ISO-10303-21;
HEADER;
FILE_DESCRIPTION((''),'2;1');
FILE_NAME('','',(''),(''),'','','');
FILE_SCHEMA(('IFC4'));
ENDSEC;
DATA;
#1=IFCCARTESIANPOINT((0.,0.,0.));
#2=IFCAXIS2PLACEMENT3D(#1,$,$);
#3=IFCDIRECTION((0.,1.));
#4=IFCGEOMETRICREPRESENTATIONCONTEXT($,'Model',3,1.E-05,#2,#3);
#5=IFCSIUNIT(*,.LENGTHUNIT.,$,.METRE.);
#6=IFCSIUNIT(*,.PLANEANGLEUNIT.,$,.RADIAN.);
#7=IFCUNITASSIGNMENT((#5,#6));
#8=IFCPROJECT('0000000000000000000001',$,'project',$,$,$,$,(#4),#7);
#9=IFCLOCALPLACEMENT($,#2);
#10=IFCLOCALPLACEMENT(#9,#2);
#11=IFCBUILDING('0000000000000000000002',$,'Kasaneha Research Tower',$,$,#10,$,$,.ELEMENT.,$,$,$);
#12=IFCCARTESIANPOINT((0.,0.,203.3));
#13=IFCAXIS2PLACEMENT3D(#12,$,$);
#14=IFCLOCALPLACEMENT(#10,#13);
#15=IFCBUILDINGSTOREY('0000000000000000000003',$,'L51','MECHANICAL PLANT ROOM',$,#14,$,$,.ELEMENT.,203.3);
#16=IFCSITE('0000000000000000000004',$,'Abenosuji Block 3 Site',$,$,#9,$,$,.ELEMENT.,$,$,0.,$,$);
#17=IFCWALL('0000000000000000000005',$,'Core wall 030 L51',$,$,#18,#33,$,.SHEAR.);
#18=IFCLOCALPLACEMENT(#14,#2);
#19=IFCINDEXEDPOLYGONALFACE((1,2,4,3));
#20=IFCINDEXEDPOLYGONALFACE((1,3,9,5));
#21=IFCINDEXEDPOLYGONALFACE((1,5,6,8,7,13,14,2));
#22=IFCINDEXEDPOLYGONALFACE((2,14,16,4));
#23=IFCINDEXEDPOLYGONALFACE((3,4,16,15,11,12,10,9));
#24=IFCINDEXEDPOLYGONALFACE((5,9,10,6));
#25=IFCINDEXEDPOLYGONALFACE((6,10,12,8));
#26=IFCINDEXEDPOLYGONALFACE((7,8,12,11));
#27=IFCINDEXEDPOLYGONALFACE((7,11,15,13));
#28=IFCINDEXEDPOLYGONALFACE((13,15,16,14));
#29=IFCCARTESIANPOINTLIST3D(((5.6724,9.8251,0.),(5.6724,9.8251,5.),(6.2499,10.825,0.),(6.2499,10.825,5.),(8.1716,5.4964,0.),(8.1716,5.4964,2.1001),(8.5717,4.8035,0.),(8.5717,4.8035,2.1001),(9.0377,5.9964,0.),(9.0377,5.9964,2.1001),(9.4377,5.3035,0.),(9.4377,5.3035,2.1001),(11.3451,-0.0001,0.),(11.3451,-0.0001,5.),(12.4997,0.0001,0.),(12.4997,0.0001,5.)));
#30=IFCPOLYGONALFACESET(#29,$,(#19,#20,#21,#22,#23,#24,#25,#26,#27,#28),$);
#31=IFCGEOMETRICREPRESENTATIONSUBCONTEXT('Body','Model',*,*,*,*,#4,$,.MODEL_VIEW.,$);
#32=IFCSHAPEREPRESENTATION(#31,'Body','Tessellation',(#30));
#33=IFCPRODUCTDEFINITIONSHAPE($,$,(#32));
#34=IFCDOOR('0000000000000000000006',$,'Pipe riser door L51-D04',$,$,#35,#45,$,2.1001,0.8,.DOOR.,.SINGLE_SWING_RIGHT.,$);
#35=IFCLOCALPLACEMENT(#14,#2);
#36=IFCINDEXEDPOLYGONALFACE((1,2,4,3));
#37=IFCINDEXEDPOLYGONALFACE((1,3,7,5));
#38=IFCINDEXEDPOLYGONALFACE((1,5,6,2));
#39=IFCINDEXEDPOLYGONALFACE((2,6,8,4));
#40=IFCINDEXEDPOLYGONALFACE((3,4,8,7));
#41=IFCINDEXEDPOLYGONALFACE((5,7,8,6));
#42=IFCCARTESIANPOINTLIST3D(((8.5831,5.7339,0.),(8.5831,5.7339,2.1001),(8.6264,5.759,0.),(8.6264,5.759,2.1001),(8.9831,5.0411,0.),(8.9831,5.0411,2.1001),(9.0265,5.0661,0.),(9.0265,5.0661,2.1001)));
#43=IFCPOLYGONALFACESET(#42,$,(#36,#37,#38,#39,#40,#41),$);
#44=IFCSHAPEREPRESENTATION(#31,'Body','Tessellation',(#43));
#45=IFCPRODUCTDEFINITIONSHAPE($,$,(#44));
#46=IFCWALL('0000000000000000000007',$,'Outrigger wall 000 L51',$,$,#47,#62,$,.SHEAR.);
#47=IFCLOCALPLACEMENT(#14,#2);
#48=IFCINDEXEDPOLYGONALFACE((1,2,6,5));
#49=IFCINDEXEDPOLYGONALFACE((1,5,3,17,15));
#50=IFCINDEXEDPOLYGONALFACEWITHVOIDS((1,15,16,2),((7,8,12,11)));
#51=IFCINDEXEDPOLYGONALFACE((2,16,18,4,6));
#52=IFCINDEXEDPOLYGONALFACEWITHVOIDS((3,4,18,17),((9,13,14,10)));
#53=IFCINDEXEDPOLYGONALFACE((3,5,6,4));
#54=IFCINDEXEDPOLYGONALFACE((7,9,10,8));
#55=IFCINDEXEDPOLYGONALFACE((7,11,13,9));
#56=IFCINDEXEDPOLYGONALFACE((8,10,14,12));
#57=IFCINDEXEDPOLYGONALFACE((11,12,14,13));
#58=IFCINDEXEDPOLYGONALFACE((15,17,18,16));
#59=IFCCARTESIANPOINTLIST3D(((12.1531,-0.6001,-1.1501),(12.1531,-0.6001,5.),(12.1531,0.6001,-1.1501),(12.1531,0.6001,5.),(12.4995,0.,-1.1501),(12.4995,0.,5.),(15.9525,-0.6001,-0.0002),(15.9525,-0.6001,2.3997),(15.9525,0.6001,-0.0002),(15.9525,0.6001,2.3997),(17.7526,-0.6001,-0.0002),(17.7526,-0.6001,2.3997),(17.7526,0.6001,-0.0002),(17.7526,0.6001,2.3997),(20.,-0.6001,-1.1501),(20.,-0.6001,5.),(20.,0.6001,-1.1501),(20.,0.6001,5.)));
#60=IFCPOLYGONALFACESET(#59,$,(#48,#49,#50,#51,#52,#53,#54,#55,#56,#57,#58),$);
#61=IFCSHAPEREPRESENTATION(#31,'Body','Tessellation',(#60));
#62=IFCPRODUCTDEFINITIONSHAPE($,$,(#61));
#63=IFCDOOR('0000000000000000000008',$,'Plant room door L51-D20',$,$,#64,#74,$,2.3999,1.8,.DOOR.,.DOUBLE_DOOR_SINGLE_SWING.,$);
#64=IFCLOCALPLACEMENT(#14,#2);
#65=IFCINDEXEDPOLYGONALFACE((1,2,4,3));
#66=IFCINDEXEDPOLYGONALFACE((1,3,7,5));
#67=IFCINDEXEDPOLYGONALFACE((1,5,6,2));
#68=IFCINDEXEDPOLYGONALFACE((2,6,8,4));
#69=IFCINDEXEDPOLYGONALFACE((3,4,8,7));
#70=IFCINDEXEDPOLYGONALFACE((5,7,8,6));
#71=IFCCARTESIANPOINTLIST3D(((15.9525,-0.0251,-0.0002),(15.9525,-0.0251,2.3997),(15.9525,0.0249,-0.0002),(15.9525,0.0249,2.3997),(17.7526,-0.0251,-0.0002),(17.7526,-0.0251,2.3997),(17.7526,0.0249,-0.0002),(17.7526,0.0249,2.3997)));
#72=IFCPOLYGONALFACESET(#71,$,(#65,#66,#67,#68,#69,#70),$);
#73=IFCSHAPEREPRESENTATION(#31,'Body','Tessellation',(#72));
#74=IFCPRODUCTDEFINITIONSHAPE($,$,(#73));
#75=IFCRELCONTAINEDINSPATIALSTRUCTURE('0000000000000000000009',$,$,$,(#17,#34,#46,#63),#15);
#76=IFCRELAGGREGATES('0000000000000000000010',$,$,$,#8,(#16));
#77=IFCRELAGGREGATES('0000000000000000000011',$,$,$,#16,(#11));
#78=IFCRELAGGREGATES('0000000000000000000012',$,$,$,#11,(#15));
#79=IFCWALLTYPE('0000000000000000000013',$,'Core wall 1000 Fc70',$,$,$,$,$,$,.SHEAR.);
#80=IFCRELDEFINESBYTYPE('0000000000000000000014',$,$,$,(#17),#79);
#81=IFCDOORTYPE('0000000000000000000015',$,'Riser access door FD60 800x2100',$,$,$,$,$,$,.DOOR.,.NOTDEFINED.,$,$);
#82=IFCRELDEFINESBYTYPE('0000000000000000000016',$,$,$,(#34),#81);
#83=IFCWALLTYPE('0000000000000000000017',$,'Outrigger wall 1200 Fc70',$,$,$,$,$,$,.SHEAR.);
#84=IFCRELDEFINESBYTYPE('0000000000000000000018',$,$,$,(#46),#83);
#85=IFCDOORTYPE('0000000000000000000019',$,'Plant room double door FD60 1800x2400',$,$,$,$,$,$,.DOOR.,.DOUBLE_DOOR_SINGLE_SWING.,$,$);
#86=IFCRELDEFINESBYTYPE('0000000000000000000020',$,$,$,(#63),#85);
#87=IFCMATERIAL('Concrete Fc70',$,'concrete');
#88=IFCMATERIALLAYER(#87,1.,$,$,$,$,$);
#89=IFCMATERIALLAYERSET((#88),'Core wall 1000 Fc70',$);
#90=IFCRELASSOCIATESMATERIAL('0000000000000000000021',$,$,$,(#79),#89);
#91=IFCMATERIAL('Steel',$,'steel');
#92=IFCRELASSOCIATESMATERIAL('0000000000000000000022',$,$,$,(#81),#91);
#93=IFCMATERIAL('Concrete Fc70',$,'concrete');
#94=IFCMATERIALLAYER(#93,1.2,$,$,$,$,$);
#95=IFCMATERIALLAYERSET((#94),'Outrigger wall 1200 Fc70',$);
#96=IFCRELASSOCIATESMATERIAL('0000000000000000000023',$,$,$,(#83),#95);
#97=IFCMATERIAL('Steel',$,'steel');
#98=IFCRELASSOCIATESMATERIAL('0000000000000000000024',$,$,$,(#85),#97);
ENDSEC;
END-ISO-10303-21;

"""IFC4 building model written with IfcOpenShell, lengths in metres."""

from ifc_helpers import new_model, si_unit, direction, frame, frame_2d, origin, place, context, subcontext, project, spatial, polyline, rectangle, outline, extrude, material, layer, layer_set, type_object, element, fill, save


model = new_model("IFC4")

# Units and contexts
model_context = context("Model", 3, precision=1e-05, world=origin(), true_north=direction((0.0, 1.0)))
body_context = subcontext(model_context, "Body", "Model", "MODEL_VIEW")
ifc_project = project(units=[si_unit("LENGTHUNIT", "METRE"), si_unit("PLANEANGLEUNIT", "RADIAN")], contexts=[model_context])

# Site, building, storey
site_placement = place(None, origin())
site = spatial("IfcSite", under=ifc_project, at=site_placement, Name="Abenosuji Block 3 Site", CompositionType="ELEMENT", RefElevation=0.0)
building_placement = place(site_placement, origin())
building = spatial("IfcBuilding", under=site, at=building_placement, Name="Kasaneha Research Tower", CompositionType="ELEMENT")
storey_placement = place(building_placement, frame((0.0, 0.0, 203.3)))
storey = spatial("IfcBuildingStorey", under=building, at=storey_placement, Name="L51", Description="MECHANICAL PLANT ROOM", CompositionType="ELEMENT", Elevation=203.3)

# Walls, openings, doors
ifc_material_1 = material(Name="Concrete Fc70", Category="concrete")
ifc_layer_1 = layer(ifc_material_1, 1.0)
ifc_layer_set_1 = layer_set([ifc_layer_1], Name="Core wall 1000 Fc70")
wall_type_1 = type_object("IfcWallType", Name="Core wall 1000 Fc70", PredefinedType="SHEAR", material=ifc_layer_set_1)
wall_1_placement = place(storey_placement, frame((11.9224, 0.0, 0.0), z_axis=(0.0, 0.0, 1.0), x_axis=(-0.500004, 0.866023, 0.0)))
wall_1 = element("IfcWall", 1, at=wall_1_placement, inside=storey, type_object=wall_type_1, Name="Core wall 030 L51", PredefinedType="SHEAR", context=body_context, shape_type="SweptSolid", body=[
    extrude(outline(polyline([(-0.2886, -0.5), (5.8354, -0.5), (6.6355, -0.5), (12.2109, -0.5), (11.6338, 0.5), (6.6355, 0.5), (5.8354, 0.5), (0.2886, 0.5), (-0.2886, -0.5)])), origin(), (0.0, 0.0, 1.0), 5.0),
])
opening_1_placement = place(wall_1_placement, frame((5.8354, 0.0, 0.0)))
opening_1 = element("IfcOpeningElement", 2, at=opening_1_placement, cuts=wall_1, PredefinedType="OPENING", context=body_context, shape_type="SweptSolid", body=[
    extrude(rectangle(XDim=0.8, YDim=2.1001, at=frame_2d((0.3999, 1.05))), frame((0.0, 0.51, 0.0), z_axis=(0.0, -1.0, 0.0), x_axis=(1.0, 0.0, 0.0)), (0.0, 0.0, 1.0), 1.02),
])
ifc_material_2 = material(Name="Steel", Category="steel")
door_type_1 = type_object("IfcDoorType", Name="Riser access door FD60 800x2100", OperationType="NOTDEFINED", PredefinedType="DOOR", material=ifc_material_2)
door_1_placement = place(opening_1_placement, origin())
door_1 = element("IfcDoor", 3, at=door_1_placement, inside=storey, type_object=door_type_1, Name="Pipe riser door L51-D04", OperationType="SINGLE_SWING_RIGHT", OverallHeight=2.1001, OverallWidth=0.8, PredefinedType="DOOR", context=body_context, shape_type="SweptSolid", body=[
    extrude(rectangle(XDim=0.8, YDim=2.1001, at=frame_2d((0.3999, 1.05))), frame((0.0, 0.0249, 0.0), z_axis=(0.0, -1.0, 0.0), x_axis=(1.0, 0.0, 0.0)), (0.0, 0.0, 1.0), 0.05),
])
fill(opening_1, door_1)
ifc_material_3 = material(Name="Concrete Fc70", Category="concrete")
ifc_layer_2 = layer(ifc_material_3, 1.2)
ifc_layer_set_2 = layer_set([ifc_layer_2], Name="Outrigger wall 1200 Fc70")
wall_type_2 = type_object("IfcWallType", Name="Outrigger wall 1200 Fc70", PredefinedType="SHEAR", material=ifc_layer_set_2)
wall_2_placement = place(storey_placement, frame((12.4995, 0.0, -1.1501), z_axis=(0.0, 0.0, 1.0), x_axis=(1.0, 0.0, 0.0)))
wall_2 = element("IfcWall", 4, at=wall_2_placement, inside=storey, type_object=wall_type_2, Name="Outrigger wall 000 L51", PredefinedType="SHEAR", context=body_context, shape_type="SweptSolid", body=[
    extrude(outline(polyline([(-0.3464, -0.6001), (3.4531, -0.6001), (5.2532, -0.6001), (7.5005, -0.6001), (7.5005, 0.6001), (5.2532, 0.6001), (3.4531, 0.6001), (-0.3464, 0.6001), (0.0, 0.0), (-0.3464, -0.6001)])), origin(), (0.0, 0.0, 1.0), 6.1501),
])
opening_2_placement = place(wall_2_placement, frame((3.4531, 0.0, 1.1499)))
opening_2 = element("IfcOpeningElement", 5, at=opening_2_placement, cuts=wall_2, PredefinedType="OPENING", context=body_context, shape_type="SweptSolid", body=[
    extrude(rectangle(XDim=1.8, YDim=2.3999, at=frame_2d((0.8999, 1.2))), frame((0.0, 0.6099, 0.0), z_axis=(0.0, -1.0, 0.0), x_axis=(1.0, 0.0, 0.0)), (0.0, 0.0, 1.0), 1.22),
])
ifc_material_4 = material(Name="Steel", Category="steel")
door_type_2 = type_object("IfcDoorType", Name="Plant room double door FD60 1800x2400", OperationType="DOUBLE_DOOR_SINGLE_SWING", PredefinedType="DOOR", material=ifc_material_4)
door_2_placement = place(opening_2_placement, origin())
door_2 = element("IfcDoor", 6, at=door_2_placement, inside=storey, type_object=door_type_2, Name="Plant room door L51-D20", OperationType="DOUBLE_DOOR_SINGLE_SWING", OverallHeight=2.3999, OverallWidth=1.8, PredefinedType="DOOR", context=body_context, shape_type="SweptSolid", body=[
    extrude(rectangle(XDim=1.8, YDim=2.3999, at=frame_2d((0.8999, 1.2))), frame((0.0, 0.0249, 0.0), z_axis=(0.0, -1.0, 0.0), x_axis=(1.0, 0.0, 0.0)), (0.0, 0.0, 1.0), 0.05),
])
fill(opening_2, door_2)

save(model, "model.ifc")
